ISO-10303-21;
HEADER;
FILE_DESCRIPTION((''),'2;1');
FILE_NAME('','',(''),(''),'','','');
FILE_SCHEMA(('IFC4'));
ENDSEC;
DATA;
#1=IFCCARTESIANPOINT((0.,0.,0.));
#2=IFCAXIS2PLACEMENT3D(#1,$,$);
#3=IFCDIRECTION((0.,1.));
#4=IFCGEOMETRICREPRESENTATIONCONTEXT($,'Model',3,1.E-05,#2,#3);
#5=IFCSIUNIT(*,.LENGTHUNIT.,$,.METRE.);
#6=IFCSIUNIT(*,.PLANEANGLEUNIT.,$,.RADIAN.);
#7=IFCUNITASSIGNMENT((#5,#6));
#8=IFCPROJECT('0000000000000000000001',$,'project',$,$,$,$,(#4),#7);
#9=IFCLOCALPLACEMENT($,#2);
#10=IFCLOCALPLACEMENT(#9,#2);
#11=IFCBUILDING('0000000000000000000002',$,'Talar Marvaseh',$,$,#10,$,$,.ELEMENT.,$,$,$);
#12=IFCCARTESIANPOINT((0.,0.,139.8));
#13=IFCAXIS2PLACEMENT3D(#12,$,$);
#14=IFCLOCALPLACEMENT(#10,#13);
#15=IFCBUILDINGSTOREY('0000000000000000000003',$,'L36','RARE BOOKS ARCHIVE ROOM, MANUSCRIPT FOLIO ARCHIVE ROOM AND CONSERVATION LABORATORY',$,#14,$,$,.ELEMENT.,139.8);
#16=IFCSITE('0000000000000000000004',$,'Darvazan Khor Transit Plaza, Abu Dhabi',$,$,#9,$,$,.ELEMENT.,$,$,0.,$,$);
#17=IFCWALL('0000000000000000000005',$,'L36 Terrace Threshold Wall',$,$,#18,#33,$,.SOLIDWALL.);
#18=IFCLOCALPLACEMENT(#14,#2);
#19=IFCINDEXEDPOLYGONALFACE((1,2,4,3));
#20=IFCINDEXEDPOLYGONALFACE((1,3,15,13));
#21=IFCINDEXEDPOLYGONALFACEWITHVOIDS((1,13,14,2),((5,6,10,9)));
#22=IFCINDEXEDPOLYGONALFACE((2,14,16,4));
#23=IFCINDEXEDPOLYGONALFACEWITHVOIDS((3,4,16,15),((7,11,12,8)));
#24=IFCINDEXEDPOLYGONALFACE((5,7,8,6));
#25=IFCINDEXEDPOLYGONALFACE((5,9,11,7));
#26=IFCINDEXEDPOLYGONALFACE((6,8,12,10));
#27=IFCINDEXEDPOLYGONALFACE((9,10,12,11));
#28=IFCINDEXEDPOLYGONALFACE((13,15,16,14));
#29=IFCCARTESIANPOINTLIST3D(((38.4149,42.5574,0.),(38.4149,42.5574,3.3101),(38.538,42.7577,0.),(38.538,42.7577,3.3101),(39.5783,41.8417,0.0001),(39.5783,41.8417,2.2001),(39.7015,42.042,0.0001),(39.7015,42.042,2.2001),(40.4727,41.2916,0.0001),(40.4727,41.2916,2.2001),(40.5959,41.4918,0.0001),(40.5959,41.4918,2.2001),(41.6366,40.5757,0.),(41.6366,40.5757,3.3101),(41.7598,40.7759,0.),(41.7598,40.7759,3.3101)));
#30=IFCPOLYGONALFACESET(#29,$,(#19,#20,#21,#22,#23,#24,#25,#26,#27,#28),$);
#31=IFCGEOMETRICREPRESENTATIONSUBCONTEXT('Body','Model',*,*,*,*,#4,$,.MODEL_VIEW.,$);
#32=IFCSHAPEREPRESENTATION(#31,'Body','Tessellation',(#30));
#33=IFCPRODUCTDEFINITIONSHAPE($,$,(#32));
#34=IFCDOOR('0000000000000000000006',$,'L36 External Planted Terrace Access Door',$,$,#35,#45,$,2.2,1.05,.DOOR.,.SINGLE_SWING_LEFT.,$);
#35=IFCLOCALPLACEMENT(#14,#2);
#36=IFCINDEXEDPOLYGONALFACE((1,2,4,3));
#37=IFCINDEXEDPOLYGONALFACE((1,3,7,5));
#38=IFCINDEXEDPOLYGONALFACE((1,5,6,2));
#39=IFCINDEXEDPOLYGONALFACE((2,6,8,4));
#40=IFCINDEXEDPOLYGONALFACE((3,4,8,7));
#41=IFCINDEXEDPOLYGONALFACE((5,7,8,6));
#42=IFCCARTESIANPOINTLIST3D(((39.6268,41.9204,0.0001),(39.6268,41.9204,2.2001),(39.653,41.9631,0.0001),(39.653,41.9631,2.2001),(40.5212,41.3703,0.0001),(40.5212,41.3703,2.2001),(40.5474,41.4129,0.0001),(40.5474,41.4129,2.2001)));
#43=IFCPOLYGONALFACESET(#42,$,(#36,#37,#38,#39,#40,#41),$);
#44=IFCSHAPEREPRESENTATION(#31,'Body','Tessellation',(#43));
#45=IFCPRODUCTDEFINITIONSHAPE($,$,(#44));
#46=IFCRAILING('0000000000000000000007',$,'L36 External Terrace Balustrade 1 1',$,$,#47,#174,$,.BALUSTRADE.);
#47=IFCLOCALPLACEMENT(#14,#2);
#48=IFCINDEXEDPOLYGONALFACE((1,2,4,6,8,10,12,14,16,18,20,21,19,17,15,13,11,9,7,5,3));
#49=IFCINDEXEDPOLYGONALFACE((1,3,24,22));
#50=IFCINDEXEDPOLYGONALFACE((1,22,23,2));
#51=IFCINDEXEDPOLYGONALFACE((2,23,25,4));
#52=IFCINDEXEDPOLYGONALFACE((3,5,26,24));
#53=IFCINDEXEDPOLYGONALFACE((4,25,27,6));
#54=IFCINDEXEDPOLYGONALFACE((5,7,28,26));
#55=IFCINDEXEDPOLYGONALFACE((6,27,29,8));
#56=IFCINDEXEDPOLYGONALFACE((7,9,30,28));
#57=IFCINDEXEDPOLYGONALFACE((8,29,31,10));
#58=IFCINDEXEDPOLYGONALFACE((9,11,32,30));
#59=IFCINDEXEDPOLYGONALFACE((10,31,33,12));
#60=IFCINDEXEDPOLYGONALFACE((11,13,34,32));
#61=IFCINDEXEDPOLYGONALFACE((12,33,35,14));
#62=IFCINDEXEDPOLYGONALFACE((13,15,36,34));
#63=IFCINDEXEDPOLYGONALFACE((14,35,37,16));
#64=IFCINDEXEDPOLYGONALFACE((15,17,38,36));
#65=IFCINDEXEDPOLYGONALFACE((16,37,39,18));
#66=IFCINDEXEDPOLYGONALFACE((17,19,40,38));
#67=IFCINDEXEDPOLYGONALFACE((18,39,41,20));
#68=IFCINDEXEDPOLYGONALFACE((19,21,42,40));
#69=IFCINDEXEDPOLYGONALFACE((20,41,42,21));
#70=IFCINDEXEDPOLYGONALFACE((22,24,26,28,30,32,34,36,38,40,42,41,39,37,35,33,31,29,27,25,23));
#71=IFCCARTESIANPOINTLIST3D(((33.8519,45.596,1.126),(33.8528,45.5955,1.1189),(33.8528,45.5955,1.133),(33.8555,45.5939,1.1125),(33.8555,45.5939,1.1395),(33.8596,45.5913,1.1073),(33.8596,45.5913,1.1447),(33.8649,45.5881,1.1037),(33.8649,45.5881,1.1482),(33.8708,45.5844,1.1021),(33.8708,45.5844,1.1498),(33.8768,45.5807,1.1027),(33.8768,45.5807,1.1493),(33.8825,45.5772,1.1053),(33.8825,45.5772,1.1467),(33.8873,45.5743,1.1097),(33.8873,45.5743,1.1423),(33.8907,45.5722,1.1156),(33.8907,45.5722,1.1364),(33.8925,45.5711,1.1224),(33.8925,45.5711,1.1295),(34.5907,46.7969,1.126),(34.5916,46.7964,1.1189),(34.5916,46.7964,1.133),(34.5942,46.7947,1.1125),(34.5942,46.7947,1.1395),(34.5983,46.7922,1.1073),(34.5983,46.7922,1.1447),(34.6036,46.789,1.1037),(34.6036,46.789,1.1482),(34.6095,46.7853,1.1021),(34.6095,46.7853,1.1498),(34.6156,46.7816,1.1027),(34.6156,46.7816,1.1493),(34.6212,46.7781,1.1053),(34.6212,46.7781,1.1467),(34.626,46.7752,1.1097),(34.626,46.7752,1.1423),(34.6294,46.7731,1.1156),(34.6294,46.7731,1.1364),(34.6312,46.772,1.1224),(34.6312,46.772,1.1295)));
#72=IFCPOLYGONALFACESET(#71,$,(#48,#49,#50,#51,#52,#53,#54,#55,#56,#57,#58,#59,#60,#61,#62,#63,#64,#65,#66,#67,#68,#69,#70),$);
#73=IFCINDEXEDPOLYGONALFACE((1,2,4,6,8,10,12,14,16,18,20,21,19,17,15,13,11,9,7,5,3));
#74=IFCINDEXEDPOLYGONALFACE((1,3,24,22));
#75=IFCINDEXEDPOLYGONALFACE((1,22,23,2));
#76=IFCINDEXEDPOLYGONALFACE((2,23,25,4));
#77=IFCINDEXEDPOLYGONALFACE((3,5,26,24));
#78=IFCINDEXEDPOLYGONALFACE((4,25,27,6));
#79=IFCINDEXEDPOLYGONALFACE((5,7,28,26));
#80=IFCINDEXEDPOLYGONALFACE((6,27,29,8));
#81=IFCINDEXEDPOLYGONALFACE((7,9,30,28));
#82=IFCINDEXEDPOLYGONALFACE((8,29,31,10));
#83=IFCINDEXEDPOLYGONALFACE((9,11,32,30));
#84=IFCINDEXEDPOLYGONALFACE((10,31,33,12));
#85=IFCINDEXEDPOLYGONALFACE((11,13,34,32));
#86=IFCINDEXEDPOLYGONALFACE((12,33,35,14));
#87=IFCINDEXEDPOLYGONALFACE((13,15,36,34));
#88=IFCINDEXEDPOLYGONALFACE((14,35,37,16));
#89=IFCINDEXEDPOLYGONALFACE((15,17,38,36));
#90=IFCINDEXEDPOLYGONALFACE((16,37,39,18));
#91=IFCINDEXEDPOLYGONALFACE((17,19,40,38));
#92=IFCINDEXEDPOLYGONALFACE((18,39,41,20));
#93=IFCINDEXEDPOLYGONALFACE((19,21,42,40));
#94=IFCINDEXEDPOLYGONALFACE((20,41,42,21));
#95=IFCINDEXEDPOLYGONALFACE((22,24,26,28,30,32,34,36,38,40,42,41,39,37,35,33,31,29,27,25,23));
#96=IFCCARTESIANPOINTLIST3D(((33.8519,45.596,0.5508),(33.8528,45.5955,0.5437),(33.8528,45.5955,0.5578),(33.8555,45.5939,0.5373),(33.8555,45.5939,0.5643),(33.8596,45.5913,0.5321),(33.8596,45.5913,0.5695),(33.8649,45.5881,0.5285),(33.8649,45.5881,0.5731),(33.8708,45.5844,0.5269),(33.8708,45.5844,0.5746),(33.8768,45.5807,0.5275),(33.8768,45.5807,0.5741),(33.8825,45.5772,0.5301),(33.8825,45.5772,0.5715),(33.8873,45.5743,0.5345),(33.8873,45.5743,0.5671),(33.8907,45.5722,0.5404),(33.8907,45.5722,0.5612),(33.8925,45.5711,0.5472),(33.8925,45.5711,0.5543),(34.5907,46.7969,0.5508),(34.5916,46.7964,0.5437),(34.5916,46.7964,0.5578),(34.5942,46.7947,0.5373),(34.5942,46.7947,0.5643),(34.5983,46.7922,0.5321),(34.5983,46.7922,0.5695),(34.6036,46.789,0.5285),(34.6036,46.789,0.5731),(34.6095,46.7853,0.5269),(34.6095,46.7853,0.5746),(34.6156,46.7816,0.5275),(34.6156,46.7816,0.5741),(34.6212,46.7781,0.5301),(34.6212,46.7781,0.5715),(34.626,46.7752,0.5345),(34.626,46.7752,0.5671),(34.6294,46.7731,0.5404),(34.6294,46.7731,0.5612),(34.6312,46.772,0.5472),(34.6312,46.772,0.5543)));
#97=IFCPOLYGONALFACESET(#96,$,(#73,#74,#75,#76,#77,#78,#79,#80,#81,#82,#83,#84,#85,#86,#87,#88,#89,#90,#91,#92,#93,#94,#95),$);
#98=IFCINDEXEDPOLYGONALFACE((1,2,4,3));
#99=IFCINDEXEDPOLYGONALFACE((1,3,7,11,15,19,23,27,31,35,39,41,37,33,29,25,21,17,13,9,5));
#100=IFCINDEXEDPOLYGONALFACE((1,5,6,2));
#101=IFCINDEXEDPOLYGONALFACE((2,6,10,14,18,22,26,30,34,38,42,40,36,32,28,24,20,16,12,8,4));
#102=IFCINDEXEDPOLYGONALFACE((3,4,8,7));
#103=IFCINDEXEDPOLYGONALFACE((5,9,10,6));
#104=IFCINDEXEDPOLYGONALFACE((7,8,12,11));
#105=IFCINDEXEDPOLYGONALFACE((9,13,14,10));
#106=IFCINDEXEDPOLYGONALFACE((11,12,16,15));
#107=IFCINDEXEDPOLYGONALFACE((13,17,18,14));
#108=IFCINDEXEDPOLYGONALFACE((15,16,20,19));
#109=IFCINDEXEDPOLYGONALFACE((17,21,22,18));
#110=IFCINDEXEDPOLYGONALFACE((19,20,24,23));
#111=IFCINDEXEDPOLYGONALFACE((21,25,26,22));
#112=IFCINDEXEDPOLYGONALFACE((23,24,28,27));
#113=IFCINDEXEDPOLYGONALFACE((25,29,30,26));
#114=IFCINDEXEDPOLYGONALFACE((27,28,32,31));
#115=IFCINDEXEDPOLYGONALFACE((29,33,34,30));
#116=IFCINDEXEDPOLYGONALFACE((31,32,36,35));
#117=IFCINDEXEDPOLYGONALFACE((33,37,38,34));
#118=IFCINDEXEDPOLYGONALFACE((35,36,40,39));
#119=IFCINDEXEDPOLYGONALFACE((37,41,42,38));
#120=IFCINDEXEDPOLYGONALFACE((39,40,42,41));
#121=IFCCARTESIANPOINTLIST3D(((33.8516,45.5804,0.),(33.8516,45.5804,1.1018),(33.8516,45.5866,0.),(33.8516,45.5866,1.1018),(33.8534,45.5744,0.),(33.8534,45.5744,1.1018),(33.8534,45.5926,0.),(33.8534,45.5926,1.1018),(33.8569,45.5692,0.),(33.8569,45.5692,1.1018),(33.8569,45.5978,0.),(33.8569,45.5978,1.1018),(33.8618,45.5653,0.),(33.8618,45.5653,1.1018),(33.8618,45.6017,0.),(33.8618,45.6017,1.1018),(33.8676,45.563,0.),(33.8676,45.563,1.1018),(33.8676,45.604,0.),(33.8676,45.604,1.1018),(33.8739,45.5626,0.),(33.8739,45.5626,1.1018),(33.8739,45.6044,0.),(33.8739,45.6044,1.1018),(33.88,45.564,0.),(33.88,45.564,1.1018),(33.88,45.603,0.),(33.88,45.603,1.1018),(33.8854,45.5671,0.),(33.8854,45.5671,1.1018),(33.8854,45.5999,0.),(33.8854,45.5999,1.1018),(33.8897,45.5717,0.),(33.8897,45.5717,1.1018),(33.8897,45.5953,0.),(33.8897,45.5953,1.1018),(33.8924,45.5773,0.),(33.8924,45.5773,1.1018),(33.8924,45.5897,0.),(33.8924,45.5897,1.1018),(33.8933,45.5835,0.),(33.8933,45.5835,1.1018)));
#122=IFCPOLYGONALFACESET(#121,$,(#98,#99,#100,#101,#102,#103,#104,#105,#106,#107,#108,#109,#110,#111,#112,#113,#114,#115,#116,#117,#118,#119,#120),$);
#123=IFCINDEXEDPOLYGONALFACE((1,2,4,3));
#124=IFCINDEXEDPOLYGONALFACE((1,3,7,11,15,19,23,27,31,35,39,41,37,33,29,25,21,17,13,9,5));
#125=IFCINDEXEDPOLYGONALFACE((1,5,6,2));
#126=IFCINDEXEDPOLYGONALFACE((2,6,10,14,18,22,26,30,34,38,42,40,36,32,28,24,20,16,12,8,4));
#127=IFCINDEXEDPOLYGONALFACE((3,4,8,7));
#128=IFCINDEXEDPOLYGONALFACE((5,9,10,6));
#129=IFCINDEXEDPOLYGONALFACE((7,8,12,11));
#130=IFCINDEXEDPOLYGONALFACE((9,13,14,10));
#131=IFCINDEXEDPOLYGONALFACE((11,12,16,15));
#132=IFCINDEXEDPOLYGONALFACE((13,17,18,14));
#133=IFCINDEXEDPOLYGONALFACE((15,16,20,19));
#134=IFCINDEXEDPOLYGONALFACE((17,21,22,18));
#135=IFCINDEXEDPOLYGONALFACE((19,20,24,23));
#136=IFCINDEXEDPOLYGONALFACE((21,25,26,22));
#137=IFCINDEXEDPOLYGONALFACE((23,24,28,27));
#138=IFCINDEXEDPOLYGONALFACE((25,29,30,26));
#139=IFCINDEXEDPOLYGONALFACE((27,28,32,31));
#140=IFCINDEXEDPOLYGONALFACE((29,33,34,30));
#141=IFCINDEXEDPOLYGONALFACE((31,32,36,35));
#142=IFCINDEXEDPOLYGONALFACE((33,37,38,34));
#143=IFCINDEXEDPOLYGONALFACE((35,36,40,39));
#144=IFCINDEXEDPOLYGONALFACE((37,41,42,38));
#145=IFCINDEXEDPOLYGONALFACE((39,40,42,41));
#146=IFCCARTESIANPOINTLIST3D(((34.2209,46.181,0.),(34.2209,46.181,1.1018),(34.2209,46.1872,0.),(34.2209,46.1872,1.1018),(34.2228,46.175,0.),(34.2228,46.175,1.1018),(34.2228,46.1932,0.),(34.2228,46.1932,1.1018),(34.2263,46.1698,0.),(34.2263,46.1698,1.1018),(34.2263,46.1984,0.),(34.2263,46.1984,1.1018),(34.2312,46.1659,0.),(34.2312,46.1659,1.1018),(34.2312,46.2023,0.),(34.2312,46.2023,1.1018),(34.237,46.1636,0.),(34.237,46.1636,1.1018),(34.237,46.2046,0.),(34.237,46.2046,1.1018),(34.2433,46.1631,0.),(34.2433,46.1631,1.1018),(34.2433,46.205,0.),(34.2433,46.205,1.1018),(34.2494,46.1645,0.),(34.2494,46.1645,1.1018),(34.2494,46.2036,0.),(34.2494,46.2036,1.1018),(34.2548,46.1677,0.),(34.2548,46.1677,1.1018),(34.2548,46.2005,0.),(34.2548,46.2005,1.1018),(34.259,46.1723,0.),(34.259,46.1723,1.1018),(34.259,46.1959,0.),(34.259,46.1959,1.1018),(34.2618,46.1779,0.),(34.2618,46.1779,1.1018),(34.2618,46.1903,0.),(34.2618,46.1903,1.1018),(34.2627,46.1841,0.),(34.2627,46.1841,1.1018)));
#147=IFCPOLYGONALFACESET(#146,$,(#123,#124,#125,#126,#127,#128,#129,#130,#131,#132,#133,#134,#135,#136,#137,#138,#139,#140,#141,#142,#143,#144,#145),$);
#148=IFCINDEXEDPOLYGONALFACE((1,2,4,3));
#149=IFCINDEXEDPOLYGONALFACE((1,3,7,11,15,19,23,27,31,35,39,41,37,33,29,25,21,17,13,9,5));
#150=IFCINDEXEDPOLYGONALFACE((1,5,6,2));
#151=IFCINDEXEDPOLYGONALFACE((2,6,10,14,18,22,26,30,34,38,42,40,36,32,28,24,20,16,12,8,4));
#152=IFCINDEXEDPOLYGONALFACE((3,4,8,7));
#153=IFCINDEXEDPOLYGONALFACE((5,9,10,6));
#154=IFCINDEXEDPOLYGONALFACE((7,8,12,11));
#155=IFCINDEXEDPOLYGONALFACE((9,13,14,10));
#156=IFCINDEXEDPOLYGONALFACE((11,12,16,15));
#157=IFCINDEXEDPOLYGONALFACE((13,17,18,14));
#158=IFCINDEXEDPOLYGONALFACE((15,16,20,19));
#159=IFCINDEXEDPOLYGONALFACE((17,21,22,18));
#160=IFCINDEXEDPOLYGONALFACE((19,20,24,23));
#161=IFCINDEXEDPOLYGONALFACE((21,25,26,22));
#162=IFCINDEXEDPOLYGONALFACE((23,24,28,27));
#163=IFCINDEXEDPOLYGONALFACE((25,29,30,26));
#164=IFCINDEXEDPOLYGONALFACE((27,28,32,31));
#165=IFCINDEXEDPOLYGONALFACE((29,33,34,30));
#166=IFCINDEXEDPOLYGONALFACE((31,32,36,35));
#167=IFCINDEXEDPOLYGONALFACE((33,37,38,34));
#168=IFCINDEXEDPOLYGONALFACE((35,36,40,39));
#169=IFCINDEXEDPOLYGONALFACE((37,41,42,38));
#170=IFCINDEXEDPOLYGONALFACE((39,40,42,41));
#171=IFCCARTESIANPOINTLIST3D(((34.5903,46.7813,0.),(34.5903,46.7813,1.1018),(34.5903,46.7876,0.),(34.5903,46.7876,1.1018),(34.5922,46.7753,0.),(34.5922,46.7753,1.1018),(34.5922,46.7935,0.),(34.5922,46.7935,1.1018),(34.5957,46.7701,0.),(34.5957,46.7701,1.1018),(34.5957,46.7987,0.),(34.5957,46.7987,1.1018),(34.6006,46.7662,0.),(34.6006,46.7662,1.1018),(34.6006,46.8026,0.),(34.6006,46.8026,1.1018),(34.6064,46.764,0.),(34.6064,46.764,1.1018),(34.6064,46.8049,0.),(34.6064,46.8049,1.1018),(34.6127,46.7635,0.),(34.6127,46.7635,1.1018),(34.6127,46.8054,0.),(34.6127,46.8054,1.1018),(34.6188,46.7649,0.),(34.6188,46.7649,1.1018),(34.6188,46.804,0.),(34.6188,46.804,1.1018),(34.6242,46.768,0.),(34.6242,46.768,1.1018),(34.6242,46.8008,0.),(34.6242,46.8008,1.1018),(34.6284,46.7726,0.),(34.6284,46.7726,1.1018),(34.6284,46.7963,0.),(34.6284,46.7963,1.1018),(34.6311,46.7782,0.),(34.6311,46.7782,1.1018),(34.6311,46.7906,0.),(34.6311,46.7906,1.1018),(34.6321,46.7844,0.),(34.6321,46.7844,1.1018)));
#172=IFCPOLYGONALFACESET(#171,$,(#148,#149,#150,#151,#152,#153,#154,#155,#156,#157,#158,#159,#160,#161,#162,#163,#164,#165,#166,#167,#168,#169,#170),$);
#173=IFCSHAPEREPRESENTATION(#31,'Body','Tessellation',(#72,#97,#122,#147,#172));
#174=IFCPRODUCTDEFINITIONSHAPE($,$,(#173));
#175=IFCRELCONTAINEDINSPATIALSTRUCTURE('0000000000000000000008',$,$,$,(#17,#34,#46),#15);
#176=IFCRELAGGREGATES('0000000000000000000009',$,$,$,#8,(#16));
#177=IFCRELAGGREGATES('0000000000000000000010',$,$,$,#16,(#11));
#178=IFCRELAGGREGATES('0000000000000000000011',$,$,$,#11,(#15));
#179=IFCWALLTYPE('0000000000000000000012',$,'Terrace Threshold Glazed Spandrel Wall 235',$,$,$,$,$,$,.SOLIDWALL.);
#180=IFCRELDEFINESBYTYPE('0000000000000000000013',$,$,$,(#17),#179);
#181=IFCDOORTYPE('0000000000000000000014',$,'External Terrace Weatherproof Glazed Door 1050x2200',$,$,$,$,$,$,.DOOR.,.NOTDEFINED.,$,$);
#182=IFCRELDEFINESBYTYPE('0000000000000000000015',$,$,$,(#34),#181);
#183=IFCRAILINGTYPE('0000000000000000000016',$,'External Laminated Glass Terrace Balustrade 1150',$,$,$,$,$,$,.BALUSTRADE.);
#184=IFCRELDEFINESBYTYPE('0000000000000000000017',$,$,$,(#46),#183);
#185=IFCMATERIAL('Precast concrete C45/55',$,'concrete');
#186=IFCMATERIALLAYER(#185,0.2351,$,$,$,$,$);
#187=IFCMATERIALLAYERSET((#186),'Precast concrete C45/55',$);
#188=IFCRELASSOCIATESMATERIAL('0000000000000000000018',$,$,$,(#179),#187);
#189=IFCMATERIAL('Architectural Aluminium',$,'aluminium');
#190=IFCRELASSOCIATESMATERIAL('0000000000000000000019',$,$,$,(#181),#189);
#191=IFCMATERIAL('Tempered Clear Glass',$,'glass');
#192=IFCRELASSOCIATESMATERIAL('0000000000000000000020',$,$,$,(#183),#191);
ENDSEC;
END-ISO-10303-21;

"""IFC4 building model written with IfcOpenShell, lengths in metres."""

from ifc_helpers import new_model, si_unit, direction, frame, frame_2d, origin, origin_2d, place, context, subcontext, project, spatial, rectangle, circle, extrude, source, transform, mapped, material, layer, layer_set, type_object, type_shapes, element, fill, save


model = new_model("IFC4")

# Units and contexts
model_context = context("Model", 3, precision=1e-05, world=origin(), true_north=direction((0.0, 1.0)))
body_context = subcontext(model_context, "Body", "Model", "MODEL_VIEW")
ifc_project = project(units=[si_unit("LENGTHUNIT", "METRE"), si_unit("PLANEANGLEUNIT", "RADIAN")], contexts=[model_context])

# Site, building, storey
site_placement = place(None, origin())
site = spatial("IfcSite", under=ifc_project, at=site_placement, Name="Darvazan Khor Transit Plaza, Abu Dhabi", CompositionType="ELEMENT", RefElevation=0.0)
building_placement = place(site_placement, origin())
building = spatial("IfcBuilding", under=site, at=building_placement, Name="Talar Marvaseh", CompositionType="ELEMENT")
storey_placement = place(building_placement, frame((0.0, 0.0, 139.8)))
storey = spatial("IfcBuildingStorey", under=building, at=storey_placement, Name="L36", Description="RARE BOOKS ARCHIVE ROOM, MANUSCRIPT FOLIO ARCHIVE ROOM AND CONSERVATION LABORATORY", CompositionType="ELEMENT", Elevation=139.8)

# Shared definitions
ifc_material_1 = material(Name="Architectural Aluminium", Category="aluminium")

# Wall, opening, door
ifc_material_2 = material(Name="Precast concrete C45/55", Category="concrete")
ifc_layer_1 = layer(ifc_material_2, 0.2351)
ifc_layer_set_1 = layer_set([ifc_layer_1], Name="Precast concrete C45/55")
wall_type_1 = type_object("IfcWallType", Name="Terrace Threshold Glazed Spandrel Wall 235", PredefinedType="SOLIDWALL", material=ifc_layer_set_1)
wall_1_placement = place(storey_placement, frame((38.4766, 42.6575, 0.0), z_axis=(0.0, 0.0, 1.0), x_axis=(0.851762, -0.523928, 0.0)))
wall_1 = element("IfcWall", 1, at=wall_1_placement, inside=storey, type_object=wall_type_1, Name="L36 Terrace Threshold Wall", PredefinedType="SOLIDWALL", context=body_context, shape_type="SweptSolid", body=[
    extrude(rectangle(XDim=3.7825, YDim=0.2351, at=frame_2d((1.8911, 0.0))), origin(), (0.0, 0.0, 1.0), 3.3101),
])
opening_1_placement = place(wall_1_placement, frame((1.366, 0.0, 0.0)))
opening_1 = element("IfcOpeningElement", 2, at=opening_1_placement, cuts=wall_1, PredefinedType="OPENING", context=body_context, shape_type="SweptSolid", body=[
    extrude(rectangle(XDim=1.05, YDim=2.2, at=frame_2d((0.5249, 1.1001))), frame((0.0, 0.1274, 0.0), z_axis=(0.0, -1.0, 0.0), x_axis=(1.0, 0.0, 0.0)), (0.0, 0.0, 1.0), 0.2551),
])
door_type_1 = type_object("IfcDoorType", Name="External Terrace Weatherproof Glazed Door 1050x2200", OperationType="NOTDEFINED", PredefinedType="DOOR", material=ifc_material_1)
shared_shape_1 = source(origin(), body_context, "Body", "SweptSolid", [
    extrude(rectangle(XDim=1.05, YDim=2.2, at=frame_2d((0.5249, 1.1001))), frame((0.0, 0.0249, 0.0), z_axis=(0.0, -1.0, 0.0), x_axis=(1.0, 0.0, 0.0)), (0.0, 0.0, 1.0), 0.05),
])
type_shapes(door_type_1, [shared_shape_1])
door_1_placement = place(opening_1_placement, origin())
door_1 = element("IfcDoor", 3, at=door_1_placement, inside=storey, type_object=door_type_1, Name="L36 External Planted Terrace Access Door", OperationType="SINGLE_SWING_LEFT", OverallHeight=2.2, OverallWidth=1.05, PredefinedType="DOOR", context=body_context, shape_type="MappedRepresentation", body=[
    mapped(shared_shape_1, transform((0.0, 0.0, 0.0), x_axis=(1.0, 0.0, 0.0), y_axis=(0.0, 1.0, 0.0), z_axis=(0.0, 0.0, 1.0), scale=1.0)),
])
fill(opening_1, door_1)

# Railing
ifc_material_3 = material(Name="Tempered Clear Glass", Category="glass")
railing_type = type_object("IfcRailingType", Name="External Laminated Glass Terrace Balustrade 1150", PredefinedType="BALUSTRADE", material=ifc_material_3)
railing_1_placement = place(storey_placement, frame((33.8723, 45.5835, 0.0)))
element("IfcRailing", 4, at=railing_1_placement, inside=storey, type_object=railing_type, Name="L36 External Terrace Balustrade 1 1", PredefinedType="BALUSTRADE", context=body_context, shape_type="SweptSolid", body=[
    extrude(circle(Radius=0.0239, at=origin_2d()), frame((0.0, 0.0, 1.126), z_axis=(0.523962, 0.851742, 0.0), x_axis=(-0.851742, 0.523962, 0.0)), (0.0, 0.0, 1.0), 1.4099),
    extrude(circle(Radius=0.0239, at=origin_2d()), frame((0.0, 0.0, 0.5508), z_axis=(0.523962, 0.851742, 0.0), x_axis=(-0.851742, 0.523962, 0.0)), (0.0, 0.0, 1.0), 1.4099),
    extrude(circle(Radius=0.021, at=origin_2d()), origin(), (0.0, 0.0, 1.0), 1.1018),
    extrude(circle(Radius=0.021, at=origin_2d()), frame((0.3694, 0.6006, 0.0)), (0.0, 0.0, 1.0), 1.1018),
    extrude(circle(Radius=0.021, at=origin_2d()), frame((0.7388, 1.2009, 0.0)), (0.0, 0.0, 1.0), 1.1018),
])

save(model, "model.ifc")
